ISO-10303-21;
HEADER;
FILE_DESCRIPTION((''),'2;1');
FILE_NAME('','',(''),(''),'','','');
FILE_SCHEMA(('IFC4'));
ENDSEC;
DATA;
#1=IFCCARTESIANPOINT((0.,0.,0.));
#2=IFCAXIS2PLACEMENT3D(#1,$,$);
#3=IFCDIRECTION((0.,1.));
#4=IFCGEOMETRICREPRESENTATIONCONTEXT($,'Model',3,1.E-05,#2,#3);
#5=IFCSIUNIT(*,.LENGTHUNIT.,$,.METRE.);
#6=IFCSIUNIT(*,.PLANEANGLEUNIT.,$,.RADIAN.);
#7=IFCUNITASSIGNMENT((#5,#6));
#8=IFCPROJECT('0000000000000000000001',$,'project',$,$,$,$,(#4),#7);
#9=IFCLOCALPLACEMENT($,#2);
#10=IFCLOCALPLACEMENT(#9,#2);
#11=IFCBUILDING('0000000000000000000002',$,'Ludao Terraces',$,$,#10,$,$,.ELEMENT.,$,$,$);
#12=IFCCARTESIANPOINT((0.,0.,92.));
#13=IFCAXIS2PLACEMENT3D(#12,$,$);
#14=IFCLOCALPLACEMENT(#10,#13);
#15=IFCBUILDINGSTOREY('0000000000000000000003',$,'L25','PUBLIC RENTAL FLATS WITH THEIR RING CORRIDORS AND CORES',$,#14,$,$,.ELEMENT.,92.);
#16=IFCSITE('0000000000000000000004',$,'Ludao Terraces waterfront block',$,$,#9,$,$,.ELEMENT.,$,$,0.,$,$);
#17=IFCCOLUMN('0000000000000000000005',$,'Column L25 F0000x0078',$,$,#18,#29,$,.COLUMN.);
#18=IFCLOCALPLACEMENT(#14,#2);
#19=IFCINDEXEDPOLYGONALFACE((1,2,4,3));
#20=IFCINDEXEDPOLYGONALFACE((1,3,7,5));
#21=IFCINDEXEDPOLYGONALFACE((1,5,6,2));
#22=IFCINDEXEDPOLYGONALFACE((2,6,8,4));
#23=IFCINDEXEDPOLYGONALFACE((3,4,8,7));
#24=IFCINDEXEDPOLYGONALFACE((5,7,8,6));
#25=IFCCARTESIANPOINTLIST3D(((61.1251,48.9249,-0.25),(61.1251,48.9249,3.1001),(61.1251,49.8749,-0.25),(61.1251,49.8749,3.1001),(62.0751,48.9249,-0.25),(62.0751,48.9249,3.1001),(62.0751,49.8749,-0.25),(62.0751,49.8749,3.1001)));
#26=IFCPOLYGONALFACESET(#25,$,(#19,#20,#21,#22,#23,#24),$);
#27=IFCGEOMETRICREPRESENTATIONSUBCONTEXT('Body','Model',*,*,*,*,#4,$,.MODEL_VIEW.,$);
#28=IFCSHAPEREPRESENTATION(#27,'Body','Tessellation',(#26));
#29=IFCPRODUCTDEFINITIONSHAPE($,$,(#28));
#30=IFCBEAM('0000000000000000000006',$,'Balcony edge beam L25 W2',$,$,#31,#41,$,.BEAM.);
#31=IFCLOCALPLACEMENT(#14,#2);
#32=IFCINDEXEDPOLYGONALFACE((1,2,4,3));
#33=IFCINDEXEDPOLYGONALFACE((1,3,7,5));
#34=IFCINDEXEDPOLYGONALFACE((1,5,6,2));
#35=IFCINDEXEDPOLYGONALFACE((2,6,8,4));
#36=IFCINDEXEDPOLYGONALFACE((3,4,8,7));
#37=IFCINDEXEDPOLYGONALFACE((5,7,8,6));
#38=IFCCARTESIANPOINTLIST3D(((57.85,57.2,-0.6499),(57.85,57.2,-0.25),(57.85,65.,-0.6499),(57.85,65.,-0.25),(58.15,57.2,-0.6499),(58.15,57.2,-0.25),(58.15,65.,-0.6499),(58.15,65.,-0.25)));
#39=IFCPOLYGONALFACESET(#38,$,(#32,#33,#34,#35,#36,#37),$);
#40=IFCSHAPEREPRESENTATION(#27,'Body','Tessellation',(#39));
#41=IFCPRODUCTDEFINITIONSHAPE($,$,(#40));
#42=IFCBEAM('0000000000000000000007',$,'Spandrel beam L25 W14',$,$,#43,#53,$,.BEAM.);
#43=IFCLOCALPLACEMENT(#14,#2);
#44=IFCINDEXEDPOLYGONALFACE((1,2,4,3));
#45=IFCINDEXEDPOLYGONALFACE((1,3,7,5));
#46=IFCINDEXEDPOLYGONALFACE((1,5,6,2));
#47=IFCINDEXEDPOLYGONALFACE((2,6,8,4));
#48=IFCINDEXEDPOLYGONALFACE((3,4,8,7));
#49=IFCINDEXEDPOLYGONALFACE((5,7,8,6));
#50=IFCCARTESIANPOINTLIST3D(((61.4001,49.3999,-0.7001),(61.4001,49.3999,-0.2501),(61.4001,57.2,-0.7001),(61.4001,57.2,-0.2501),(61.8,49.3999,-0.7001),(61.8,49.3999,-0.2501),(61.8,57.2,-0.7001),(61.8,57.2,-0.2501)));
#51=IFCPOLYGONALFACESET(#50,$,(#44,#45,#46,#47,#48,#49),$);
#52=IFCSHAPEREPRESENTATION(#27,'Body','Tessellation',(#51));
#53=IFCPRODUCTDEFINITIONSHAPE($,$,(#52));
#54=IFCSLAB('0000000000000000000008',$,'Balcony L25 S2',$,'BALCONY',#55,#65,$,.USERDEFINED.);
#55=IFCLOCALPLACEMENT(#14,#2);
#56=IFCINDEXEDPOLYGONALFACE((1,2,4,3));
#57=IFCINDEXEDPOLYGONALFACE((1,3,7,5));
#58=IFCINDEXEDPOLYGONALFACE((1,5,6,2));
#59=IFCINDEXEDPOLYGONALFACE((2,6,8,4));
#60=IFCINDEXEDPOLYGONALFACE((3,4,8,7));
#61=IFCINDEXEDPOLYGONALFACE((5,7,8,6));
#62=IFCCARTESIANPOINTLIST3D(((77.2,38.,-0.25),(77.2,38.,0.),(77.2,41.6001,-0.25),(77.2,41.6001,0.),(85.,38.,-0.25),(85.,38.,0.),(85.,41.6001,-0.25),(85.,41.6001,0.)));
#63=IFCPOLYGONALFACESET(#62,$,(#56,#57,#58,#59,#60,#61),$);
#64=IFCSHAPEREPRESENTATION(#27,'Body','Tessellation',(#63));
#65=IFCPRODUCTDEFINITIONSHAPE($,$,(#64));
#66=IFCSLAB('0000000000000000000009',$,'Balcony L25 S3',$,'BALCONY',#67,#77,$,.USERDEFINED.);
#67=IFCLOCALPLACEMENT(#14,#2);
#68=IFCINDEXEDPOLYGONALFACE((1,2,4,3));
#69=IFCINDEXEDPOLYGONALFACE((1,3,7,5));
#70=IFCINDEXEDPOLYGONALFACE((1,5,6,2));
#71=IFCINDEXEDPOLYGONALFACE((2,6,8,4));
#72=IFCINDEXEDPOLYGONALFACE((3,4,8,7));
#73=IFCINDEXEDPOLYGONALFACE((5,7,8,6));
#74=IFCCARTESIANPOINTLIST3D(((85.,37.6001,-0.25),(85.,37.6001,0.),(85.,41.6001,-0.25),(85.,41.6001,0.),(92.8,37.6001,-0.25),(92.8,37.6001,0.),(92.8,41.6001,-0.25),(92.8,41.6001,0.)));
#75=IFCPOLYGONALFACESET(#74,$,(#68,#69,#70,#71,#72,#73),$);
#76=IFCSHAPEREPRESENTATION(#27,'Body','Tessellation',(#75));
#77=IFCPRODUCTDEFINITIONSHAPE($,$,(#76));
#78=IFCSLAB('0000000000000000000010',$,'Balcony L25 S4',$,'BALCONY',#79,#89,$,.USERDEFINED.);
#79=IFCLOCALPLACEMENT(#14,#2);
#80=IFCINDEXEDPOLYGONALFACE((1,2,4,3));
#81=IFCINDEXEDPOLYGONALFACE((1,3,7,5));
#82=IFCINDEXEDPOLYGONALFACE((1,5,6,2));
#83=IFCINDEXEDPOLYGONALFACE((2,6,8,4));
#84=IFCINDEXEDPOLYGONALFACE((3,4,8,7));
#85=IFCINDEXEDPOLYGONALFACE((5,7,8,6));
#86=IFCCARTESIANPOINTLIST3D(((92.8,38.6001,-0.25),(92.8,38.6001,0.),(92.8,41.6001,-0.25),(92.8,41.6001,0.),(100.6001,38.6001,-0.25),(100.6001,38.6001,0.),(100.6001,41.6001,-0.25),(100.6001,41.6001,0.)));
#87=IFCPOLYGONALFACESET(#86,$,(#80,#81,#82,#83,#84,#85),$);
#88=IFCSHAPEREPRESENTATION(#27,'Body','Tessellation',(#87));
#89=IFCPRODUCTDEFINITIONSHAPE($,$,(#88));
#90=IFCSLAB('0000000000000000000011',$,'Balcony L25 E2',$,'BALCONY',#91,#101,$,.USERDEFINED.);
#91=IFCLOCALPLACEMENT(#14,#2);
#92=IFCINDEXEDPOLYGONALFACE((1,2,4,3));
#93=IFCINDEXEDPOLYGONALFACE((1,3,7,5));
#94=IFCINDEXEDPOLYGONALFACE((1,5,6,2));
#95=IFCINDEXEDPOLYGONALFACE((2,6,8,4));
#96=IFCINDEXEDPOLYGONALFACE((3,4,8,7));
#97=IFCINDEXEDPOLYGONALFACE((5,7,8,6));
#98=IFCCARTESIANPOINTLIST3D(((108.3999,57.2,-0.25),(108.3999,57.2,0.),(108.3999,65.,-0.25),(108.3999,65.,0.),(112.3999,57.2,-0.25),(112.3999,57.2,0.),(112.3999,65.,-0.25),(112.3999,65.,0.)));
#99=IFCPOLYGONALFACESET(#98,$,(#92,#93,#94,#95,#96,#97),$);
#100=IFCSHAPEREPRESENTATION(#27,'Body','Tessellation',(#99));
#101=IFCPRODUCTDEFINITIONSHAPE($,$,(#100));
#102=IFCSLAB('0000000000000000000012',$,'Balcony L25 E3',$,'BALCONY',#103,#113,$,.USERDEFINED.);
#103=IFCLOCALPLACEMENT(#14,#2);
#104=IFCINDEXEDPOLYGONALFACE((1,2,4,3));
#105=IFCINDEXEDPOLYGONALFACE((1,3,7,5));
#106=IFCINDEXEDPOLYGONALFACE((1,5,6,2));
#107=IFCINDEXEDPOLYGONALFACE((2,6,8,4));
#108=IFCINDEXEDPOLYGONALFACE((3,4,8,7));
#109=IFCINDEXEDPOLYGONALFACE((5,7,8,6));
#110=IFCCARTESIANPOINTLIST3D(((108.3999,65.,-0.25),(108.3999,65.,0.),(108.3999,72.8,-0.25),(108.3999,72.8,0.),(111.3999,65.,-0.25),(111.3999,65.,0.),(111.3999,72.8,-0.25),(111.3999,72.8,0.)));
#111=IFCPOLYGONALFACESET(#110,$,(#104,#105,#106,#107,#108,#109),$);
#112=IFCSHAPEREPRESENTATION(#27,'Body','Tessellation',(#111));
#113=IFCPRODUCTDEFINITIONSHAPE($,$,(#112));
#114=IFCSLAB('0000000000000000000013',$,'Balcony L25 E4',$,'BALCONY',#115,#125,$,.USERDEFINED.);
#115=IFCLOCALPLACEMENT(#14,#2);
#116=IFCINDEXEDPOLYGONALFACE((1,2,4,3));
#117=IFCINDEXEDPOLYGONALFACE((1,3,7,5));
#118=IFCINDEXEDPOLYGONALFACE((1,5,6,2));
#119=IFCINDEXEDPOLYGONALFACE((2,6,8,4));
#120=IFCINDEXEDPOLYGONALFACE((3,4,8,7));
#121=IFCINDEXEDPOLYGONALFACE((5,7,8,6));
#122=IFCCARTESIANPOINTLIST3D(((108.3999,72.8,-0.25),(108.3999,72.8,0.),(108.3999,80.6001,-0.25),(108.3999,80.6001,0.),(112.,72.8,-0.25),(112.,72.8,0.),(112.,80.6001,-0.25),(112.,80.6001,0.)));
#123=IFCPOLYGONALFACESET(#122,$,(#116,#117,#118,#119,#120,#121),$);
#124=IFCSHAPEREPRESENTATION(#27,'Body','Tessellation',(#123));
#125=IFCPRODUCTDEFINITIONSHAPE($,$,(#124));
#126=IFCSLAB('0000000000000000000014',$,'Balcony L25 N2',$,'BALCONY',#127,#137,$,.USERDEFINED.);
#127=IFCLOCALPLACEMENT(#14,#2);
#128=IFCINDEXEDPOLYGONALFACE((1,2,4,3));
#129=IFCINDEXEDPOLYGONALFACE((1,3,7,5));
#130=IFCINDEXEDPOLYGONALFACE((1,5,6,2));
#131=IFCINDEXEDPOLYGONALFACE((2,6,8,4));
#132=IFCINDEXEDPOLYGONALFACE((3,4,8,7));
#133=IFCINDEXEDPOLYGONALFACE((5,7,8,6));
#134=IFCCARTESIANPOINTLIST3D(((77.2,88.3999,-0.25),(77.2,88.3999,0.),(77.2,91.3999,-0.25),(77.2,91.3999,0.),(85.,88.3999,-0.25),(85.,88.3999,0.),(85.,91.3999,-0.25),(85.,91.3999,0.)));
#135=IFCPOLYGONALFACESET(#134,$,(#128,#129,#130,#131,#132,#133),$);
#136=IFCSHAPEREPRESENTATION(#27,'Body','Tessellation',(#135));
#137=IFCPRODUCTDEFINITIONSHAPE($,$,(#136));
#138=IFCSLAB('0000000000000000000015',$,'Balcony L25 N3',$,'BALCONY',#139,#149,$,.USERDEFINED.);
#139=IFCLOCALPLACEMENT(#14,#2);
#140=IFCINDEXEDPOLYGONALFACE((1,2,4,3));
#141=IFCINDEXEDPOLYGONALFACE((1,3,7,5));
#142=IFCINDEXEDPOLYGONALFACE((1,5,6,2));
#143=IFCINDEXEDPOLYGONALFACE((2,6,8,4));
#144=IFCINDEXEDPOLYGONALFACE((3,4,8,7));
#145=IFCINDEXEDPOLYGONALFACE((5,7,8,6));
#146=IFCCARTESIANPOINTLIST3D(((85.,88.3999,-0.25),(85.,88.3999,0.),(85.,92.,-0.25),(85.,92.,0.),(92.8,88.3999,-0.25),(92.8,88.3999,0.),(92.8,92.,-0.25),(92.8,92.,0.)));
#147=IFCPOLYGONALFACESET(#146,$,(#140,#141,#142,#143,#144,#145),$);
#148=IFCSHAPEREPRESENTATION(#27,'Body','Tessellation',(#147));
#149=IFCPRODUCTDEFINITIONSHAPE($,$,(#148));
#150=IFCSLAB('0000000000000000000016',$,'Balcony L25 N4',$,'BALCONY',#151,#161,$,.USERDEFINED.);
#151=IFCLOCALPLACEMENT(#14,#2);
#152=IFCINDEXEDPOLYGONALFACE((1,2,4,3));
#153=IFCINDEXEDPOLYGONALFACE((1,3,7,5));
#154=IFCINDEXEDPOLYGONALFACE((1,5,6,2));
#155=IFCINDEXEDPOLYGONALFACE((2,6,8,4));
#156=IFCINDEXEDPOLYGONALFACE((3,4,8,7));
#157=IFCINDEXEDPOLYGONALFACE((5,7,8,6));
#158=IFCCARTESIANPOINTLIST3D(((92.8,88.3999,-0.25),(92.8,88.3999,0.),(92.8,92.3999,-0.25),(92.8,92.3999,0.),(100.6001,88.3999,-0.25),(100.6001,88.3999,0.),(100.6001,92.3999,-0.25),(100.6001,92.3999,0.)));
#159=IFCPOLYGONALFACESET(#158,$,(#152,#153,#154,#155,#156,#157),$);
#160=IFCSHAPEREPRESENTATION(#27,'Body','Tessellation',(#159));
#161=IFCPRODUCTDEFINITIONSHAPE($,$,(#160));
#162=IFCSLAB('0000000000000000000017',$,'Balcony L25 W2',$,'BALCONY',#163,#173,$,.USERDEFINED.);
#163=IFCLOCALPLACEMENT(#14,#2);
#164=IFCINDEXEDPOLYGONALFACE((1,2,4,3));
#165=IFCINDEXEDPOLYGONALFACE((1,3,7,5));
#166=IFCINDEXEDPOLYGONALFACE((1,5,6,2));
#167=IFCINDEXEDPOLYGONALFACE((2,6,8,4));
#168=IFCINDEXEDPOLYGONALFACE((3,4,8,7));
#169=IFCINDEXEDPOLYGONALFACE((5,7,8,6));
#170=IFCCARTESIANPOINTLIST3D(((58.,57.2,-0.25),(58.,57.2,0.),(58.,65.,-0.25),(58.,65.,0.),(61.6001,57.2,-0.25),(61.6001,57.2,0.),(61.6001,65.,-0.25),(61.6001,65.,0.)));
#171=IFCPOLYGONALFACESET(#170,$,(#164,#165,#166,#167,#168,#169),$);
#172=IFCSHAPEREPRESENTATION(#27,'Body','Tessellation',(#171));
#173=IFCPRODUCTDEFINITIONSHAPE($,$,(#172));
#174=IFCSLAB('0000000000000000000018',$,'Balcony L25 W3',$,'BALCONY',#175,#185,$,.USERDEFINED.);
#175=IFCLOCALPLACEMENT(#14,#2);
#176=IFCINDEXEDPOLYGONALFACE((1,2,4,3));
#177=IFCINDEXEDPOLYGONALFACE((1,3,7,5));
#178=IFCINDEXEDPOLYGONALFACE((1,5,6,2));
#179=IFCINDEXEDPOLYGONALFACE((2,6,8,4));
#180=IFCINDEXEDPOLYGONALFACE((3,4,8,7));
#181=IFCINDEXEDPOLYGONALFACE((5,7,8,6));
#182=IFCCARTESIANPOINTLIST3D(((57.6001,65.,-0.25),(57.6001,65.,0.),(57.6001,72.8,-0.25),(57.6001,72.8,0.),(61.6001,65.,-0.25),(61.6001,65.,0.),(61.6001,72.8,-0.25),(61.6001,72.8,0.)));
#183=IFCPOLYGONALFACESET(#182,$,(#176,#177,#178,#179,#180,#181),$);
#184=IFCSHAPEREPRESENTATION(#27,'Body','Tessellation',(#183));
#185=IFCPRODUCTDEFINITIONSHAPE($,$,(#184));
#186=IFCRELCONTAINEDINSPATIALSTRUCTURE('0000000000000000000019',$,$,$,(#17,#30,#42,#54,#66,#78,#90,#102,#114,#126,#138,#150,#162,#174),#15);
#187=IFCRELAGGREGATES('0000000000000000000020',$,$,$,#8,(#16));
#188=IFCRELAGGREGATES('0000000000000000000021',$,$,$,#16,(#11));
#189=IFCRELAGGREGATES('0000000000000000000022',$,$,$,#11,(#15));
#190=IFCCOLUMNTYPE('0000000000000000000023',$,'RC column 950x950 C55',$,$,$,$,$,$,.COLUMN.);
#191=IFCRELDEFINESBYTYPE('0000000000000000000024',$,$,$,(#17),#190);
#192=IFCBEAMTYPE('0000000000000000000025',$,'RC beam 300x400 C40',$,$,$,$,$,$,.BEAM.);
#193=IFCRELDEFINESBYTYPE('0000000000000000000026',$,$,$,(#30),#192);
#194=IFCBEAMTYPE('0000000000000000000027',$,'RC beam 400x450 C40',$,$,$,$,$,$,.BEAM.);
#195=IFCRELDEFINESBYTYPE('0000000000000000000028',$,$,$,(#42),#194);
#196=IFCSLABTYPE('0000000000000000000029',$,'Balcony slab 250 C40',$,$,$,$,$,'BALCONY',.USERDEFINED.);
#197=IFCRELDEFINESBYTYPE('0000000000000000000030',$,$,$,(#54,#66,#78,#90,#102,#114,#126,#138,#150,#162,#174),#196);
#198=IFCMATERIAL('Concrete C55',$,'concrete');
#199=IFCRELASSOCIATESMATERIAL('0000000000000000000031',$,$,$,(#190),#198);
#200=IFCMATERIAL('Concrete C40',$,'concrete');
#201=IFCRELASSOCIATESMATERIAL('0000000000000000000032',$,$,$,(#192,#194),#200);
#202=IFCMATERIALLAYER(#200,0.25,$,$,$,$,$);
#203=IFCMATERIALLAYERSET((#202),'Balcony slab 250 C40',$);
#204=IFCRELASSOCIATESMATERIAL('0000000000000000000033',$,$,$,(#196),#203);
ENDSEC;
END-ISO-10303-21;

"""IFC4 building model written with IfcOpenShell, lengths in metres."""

from ifc_helpers import new_model, si_unit, direction, frame, origin, origin_2d, place, context, subcontext, project, spatial, polyline, rectangle, outline, extrude, material, layer, layer_set, material_profile, profile_set, type_object, element, save


model = new_model("IFC4")

# Units and contexts
model_context = context("Model", 3, precision=1e-05, world=origin(), true_north=direction((0.0, 1.0)))
body_context = subcontext(model_context, "Body", "Model", "MODEL_VIEW")
ifc_project = project(units=[si_unit("LENGTHUNIT", "METRE"), si_unit("PLANEANGLEUNIT", "RADIAN")], contexts=[model_context])

# Site, building, storey
site_placement = place(None, origin())
site = spatial("IfcSite", under=ifc_project, at=site_placement, Name="Ludao Terraces waterfront block", CompositionType="ELEMENT", RefElevation=0.0)
building_placement = place(site_placement, origin())
building = spatial("IfcBuilding", under=site, at=building_placement, Name="Ludao Terraces", CompositionType="ELEMENT")
storey_placement = place(building_placement, frame((0.0, 0.0, 92.0)))
storey = spatial("IfcBuildingStorey", under=building, at=storey_placement, Name="L25", Description="PUBLIC RENTAL FLATS WITH THEIR RING CORRIDORS AND CORES", CompositionType="ELEMENT", Elevation=92.0)

# Column
ifc_material_1 = material(Name="Concrete C55", Category="concrete")
ifc_material_profile_1 = material_profile(ifc_material_1, rectangle(XDim=0.95, YDim=0.95, at=origin_2d()), Name="950 X 950")
ifc_profile_set_1 = profile_set([ifc_material_profile_1], Name="Concrete C55")
column_type = type_object("IfcColumnType", Name="RC column 950x950 C55", PredefinedType="COLUMN", material=ifc_profile_set_1)
column_placement = place(storey_placement, frame((61.6001, 49.3999, -0.25), z_axis=(0.0, 0.0, 1.0), x_axis=(1.0, 0.0, 0.0)))
element("IfcColumn", 1, at=column_placement, inside=storey, type_object=column_type, Name="Column L25 F0000x0078", PredefinedType="COLUMN", context=body_context, shape_type="SweptSolid", body=[
    extrude(rectangle(XDim=0.95, YDim=0.95, at=origin_2d()), origin(), (0.0, 0.0, 1.0), 3.3501),
])

# Beams
ifc_material_2 = material(Name="Concrete C40", Category="concrete")
ifc_material_profile_2 = material_profile(ifc_material_2, rectangle(XDim=0.3, YDim=0.3999, at=origin_2d()), Name="300 X 400")
ifc_profile_set_2 = profile_set([ifc_material_profile_2], Name="Concrete C40")
beam_type_1 = type_object("IfcBeamType", Name="RC beam 300x400 C40", PredefinedType="BEAM", material=ifc_profile_set_2)
beam_1_placement = place(storey_placement, frame((58.0, 57.2, -0.45), z_axis=(0.0, 1.0, 0.0), x_axis=(-1.0, 0.0, 0.0)))
element("IfcBeam", 2, at=beam_1_placement, inside=storey, type_object=beam_type_1, Name="Balcony edge beam L25 W2", PredefinedType="BEAM", context=body_context, shape_type="SweptSolid", body=[
    extrude(rectangle(XDim=0.3, YDim=0.3999, at=origin_2d()), origin(), (0.0, 0.0, 1.0), 7.8),
])
ifc_material_profile_3 = material_profile(ifc_material_2, rectangle(XDim=0.3999, YDim=0.45, at=origin_2d()), Name="400 X 450")
ifc_profile_set_3 = profile_set([ifc_material_profile_3], Name="Concrete C40")
beam_type_2 = type_object("IfcBeamType", Name="RC beam 400x450 C40", PredefinedType="BEAM", material=ifc_profile_set_3)
beam_2_placement = place(storey_placement, frame((61.6001, 49.3999, -0.4751), z_axis=(0.0, 1.0, 0.0), x_axis=(-1.0, 0.0, 0.0)))
element("IfcBeam", 3, at=beam_2_placement, inside=storey, type_object=beam_type_2, Name="Spandrel beam L25 W14", PredefinedType="BEAM", context=body_context, shape_type="SweptSolid", body=[
    extrude(rectangle(XDim=0.3999, YDim=0.45, at=origin_2d()), origin(), (0.0, 0.0, 1.0), 7.8),
])

# Slabs
ifc_layer_1 = layer(ifc_material_2, 0.25)
ifc_layer_set_1 = layer_set([ifc_layer_1], Name="Balcony slab 250 C40")
slab_type_1 = type_object("IfcSlabType", Name="Balcony slab 250 C40", ElementType="BALCONY", PredefinedType="USERDEFINED", material=ifc_layer_set_1)
slab_1_placement = place(storey_placement, frame((0.0, 0.0, -0.25)))
element("IfcSlab", 4, at=slab_1_placement, inside=storey, type_object=slab_type_1, Name="Balcony L25 S2", ObjectType="BALCONY", PredefinedType="USERDEFINED", context=body_context, shape_type="SweptSolid", body=[
    extrude(outline(polyline([(77.2, 38.0), (85.0, 38.0), (85.0, 41.6001), (77.2, 41.6001), (77.2, 38.0)])), origin(), (0.0, 0.0, 1.0), 0.25),
])
slab_2_placement = place(storey_placement, frame((0.0, 0.0, -0.25)))
element("IfcSlab", 5, at=slab_2_placement, inside=storey, type_object=slab_type_1, Name="Balcony L25 S3", ObjectType="BALCONY", PredefinedType="USERDEFINED", context=body_context, shape_type="SweptSolid", body=[
    extrude(outline(polyline([(85.0, 37.6001), (92.8, 37.6001), (92.8, 41.6001), (85.0, 41.6001), (85.0, 37.6001)])), origin(), (0.0, 0.0, 1.0), 0.25),
])
slab_3_placement = place(storey_placement, frame((0.0, 0.0, -0.25)))
element("IfcSlab", 6, at=slab_3_placement, inside=storey, type_object=slab_type_1, Name="Balcony L25 S4", ObjectType="BALCONY", PredefinedType="USERDEFINED", context=body_context, shape_type="SweptSolid", body=[
    extrude(outline(polyline([(92.8, 38.6001), (100.6001, 38.6001), (100.6001, 41.6001), (92.8, 41.6001), (92.8, 38.6001)])), origin(), (0.0, 0.0, 1.0), 0.25),
])
slab_4_placement = place(storey_placement, frame((0.0, 0.0, -0.25)))
element("IfcSlab", 7, at=slab_4_placement, inside=storey, type_object=slab_type_1, Name="Balcony L25 E2", ObjectType="BALCONY", PredefinedType="USERDEFINED", context=body_context, shape_type="SweptSolid", body=[
    extrude(outline(polyline([(108.3999, 57.2), (112.3999, 57.2), (112.3999, 65.0), (108.3999, 65.0), (108.3999, 57.2)])), origin(), (0.0, 0.0, 1.0), 0.25),
])
slab_5_placement = place(storey_placement, frame((0.0, 0.0, -0.25)))
element("IfcSlab", 8, at=slab_5_placement, inside=storey, type_object=slab_type_1, Name="Balcony L25 E3", ObjectType="BALCONY", PredefinedType="USERDEFINED", context=body_context, shape_type="SweptSolid", body=[
    extrude(outline(polyline([(108.3999, 65.0), (111.3999, 65.0), (111.3999, 72.8), (108.3999, 72.8), (108.3999, 65.0)])), origin(), (0.0, 0.0, 1.0), 0.25),
])
slab_6_placement = place(storey_placement, frame((0.0, 0.0, -0.25)))
element("IfcSlab", 9, at=slab_6_placement, inside=storey, type_object=slab_type_1, Name="Balcony L25 E4", ObjectType="BALCONY", PredefinedType="USERDEFINED", context=body_context, shape_type="SweptSolid", body=[
    extrude(outline(polyline([(108.3999, 72.8), (112.0, 72.8), (112.0, 80.6001), (108.3999, 80.6001), (108.3999, 72.8)])), origin(), (0.0, 0.0, 1.0), 0.25),
])
slab_7_placement = place(storey_placement, frame((0.0, 0.0, -0.25)))
element("IfcSlab", 10, at=slab_7_placement, inside=storey, type_object=slab_type_1, Name="Balcony L25 N2", ObjectType="BALCONY", PredefinedType="USERDEFINED", context=body_context, shape_type="SweptSolid", body=[
    extrude(outline(polyline([(77.2, 88.3999), (85.0, 88.3999), (85.0, 91.3999), (77.2, 91.3999), (77.2, 88.3999)])), origin(), (0.0, 0.0, 1.0), 0.25),
])
slab_8_placement = place(storey_placement, frame((0.0, 0.0, -0.25)))
element("IfcSlab", 11, at=slab_8_placement, inside=storey, type_object=slab_type_1, Name="Balcony L25 N3", ObjectType="BALCONY", PredefinedType="USERDEFINED", context=body_context, shape_type="SweptSolid", body=[
    extrude(outline(polyline([(85.0, 88.3999), (92.8, 88.3999), (92.8, 92.0), (85.0, 92.0), (85.0, 88.3999)])), origin(), (0.0, 0.0, 1.0), 0.25),
])
slab_9_placement = place(storey_placement, frame((0.0, 0.0, -0.25)))
element("IfcSlab", 12, at=slab_9_placement, inside=storey, type_object=slab_type_1, Name="Balcony L25 N4", ObjectType="BALCONY", PredefinedType="USERDEFINED", context=body_context, shape_type="SweptSolid", body=[
    extrude(outline(polyline([(92.8, 88.3999), (100.6001, 88.3999), (100.6001, 92.3999), (92.8, 92.3999), (92.8, 88.3999)])), origin(), (0.0, 0.0, 1.0), 0.25),
])
slab_10_placement = place(storey_placement, frame((0.0, 0.0, -0.25)))
element("IfcSlab", 13, at=slab_10_placement, inside=storey, type_object=slab_type_1, Name="Balcony L25 W2", ObjectType="BALCONY", PredefinedType="USERDEFINED", context=body_context, shape_type="SweptSolid", body=[
    extrude(outline(polyline([(58.0, 57.2), (61.6001, 57.2), (61.6001, 65.0), (58.0, 65.0), (58.0, 57.2)])), origin(), (0.0, 0.0, 1.0), 0.25),
])
slab_11_placement = place(storey_placement, frame((0.0, 0.0, -0.25)))
element("IfcSlab", 14, at=slab_11_placement, inside=storey, type_object=slab_type_1, Name="Balcony L25 W3", ObjectType="BALCONY", PredefinedType="USERDEFINED", context=body_context, shape_type="SweptSolid", body=[
    extrude(outline(polyline([(57.6001, 65.0), (61.6001, 65.0), (61.6001, 72.8), (57.6001, 72.8), (57.6001, 65.0)])), origin(), (0.0, 0.0, 1.0), 0.25),
])

save(model, "model.ifc")
